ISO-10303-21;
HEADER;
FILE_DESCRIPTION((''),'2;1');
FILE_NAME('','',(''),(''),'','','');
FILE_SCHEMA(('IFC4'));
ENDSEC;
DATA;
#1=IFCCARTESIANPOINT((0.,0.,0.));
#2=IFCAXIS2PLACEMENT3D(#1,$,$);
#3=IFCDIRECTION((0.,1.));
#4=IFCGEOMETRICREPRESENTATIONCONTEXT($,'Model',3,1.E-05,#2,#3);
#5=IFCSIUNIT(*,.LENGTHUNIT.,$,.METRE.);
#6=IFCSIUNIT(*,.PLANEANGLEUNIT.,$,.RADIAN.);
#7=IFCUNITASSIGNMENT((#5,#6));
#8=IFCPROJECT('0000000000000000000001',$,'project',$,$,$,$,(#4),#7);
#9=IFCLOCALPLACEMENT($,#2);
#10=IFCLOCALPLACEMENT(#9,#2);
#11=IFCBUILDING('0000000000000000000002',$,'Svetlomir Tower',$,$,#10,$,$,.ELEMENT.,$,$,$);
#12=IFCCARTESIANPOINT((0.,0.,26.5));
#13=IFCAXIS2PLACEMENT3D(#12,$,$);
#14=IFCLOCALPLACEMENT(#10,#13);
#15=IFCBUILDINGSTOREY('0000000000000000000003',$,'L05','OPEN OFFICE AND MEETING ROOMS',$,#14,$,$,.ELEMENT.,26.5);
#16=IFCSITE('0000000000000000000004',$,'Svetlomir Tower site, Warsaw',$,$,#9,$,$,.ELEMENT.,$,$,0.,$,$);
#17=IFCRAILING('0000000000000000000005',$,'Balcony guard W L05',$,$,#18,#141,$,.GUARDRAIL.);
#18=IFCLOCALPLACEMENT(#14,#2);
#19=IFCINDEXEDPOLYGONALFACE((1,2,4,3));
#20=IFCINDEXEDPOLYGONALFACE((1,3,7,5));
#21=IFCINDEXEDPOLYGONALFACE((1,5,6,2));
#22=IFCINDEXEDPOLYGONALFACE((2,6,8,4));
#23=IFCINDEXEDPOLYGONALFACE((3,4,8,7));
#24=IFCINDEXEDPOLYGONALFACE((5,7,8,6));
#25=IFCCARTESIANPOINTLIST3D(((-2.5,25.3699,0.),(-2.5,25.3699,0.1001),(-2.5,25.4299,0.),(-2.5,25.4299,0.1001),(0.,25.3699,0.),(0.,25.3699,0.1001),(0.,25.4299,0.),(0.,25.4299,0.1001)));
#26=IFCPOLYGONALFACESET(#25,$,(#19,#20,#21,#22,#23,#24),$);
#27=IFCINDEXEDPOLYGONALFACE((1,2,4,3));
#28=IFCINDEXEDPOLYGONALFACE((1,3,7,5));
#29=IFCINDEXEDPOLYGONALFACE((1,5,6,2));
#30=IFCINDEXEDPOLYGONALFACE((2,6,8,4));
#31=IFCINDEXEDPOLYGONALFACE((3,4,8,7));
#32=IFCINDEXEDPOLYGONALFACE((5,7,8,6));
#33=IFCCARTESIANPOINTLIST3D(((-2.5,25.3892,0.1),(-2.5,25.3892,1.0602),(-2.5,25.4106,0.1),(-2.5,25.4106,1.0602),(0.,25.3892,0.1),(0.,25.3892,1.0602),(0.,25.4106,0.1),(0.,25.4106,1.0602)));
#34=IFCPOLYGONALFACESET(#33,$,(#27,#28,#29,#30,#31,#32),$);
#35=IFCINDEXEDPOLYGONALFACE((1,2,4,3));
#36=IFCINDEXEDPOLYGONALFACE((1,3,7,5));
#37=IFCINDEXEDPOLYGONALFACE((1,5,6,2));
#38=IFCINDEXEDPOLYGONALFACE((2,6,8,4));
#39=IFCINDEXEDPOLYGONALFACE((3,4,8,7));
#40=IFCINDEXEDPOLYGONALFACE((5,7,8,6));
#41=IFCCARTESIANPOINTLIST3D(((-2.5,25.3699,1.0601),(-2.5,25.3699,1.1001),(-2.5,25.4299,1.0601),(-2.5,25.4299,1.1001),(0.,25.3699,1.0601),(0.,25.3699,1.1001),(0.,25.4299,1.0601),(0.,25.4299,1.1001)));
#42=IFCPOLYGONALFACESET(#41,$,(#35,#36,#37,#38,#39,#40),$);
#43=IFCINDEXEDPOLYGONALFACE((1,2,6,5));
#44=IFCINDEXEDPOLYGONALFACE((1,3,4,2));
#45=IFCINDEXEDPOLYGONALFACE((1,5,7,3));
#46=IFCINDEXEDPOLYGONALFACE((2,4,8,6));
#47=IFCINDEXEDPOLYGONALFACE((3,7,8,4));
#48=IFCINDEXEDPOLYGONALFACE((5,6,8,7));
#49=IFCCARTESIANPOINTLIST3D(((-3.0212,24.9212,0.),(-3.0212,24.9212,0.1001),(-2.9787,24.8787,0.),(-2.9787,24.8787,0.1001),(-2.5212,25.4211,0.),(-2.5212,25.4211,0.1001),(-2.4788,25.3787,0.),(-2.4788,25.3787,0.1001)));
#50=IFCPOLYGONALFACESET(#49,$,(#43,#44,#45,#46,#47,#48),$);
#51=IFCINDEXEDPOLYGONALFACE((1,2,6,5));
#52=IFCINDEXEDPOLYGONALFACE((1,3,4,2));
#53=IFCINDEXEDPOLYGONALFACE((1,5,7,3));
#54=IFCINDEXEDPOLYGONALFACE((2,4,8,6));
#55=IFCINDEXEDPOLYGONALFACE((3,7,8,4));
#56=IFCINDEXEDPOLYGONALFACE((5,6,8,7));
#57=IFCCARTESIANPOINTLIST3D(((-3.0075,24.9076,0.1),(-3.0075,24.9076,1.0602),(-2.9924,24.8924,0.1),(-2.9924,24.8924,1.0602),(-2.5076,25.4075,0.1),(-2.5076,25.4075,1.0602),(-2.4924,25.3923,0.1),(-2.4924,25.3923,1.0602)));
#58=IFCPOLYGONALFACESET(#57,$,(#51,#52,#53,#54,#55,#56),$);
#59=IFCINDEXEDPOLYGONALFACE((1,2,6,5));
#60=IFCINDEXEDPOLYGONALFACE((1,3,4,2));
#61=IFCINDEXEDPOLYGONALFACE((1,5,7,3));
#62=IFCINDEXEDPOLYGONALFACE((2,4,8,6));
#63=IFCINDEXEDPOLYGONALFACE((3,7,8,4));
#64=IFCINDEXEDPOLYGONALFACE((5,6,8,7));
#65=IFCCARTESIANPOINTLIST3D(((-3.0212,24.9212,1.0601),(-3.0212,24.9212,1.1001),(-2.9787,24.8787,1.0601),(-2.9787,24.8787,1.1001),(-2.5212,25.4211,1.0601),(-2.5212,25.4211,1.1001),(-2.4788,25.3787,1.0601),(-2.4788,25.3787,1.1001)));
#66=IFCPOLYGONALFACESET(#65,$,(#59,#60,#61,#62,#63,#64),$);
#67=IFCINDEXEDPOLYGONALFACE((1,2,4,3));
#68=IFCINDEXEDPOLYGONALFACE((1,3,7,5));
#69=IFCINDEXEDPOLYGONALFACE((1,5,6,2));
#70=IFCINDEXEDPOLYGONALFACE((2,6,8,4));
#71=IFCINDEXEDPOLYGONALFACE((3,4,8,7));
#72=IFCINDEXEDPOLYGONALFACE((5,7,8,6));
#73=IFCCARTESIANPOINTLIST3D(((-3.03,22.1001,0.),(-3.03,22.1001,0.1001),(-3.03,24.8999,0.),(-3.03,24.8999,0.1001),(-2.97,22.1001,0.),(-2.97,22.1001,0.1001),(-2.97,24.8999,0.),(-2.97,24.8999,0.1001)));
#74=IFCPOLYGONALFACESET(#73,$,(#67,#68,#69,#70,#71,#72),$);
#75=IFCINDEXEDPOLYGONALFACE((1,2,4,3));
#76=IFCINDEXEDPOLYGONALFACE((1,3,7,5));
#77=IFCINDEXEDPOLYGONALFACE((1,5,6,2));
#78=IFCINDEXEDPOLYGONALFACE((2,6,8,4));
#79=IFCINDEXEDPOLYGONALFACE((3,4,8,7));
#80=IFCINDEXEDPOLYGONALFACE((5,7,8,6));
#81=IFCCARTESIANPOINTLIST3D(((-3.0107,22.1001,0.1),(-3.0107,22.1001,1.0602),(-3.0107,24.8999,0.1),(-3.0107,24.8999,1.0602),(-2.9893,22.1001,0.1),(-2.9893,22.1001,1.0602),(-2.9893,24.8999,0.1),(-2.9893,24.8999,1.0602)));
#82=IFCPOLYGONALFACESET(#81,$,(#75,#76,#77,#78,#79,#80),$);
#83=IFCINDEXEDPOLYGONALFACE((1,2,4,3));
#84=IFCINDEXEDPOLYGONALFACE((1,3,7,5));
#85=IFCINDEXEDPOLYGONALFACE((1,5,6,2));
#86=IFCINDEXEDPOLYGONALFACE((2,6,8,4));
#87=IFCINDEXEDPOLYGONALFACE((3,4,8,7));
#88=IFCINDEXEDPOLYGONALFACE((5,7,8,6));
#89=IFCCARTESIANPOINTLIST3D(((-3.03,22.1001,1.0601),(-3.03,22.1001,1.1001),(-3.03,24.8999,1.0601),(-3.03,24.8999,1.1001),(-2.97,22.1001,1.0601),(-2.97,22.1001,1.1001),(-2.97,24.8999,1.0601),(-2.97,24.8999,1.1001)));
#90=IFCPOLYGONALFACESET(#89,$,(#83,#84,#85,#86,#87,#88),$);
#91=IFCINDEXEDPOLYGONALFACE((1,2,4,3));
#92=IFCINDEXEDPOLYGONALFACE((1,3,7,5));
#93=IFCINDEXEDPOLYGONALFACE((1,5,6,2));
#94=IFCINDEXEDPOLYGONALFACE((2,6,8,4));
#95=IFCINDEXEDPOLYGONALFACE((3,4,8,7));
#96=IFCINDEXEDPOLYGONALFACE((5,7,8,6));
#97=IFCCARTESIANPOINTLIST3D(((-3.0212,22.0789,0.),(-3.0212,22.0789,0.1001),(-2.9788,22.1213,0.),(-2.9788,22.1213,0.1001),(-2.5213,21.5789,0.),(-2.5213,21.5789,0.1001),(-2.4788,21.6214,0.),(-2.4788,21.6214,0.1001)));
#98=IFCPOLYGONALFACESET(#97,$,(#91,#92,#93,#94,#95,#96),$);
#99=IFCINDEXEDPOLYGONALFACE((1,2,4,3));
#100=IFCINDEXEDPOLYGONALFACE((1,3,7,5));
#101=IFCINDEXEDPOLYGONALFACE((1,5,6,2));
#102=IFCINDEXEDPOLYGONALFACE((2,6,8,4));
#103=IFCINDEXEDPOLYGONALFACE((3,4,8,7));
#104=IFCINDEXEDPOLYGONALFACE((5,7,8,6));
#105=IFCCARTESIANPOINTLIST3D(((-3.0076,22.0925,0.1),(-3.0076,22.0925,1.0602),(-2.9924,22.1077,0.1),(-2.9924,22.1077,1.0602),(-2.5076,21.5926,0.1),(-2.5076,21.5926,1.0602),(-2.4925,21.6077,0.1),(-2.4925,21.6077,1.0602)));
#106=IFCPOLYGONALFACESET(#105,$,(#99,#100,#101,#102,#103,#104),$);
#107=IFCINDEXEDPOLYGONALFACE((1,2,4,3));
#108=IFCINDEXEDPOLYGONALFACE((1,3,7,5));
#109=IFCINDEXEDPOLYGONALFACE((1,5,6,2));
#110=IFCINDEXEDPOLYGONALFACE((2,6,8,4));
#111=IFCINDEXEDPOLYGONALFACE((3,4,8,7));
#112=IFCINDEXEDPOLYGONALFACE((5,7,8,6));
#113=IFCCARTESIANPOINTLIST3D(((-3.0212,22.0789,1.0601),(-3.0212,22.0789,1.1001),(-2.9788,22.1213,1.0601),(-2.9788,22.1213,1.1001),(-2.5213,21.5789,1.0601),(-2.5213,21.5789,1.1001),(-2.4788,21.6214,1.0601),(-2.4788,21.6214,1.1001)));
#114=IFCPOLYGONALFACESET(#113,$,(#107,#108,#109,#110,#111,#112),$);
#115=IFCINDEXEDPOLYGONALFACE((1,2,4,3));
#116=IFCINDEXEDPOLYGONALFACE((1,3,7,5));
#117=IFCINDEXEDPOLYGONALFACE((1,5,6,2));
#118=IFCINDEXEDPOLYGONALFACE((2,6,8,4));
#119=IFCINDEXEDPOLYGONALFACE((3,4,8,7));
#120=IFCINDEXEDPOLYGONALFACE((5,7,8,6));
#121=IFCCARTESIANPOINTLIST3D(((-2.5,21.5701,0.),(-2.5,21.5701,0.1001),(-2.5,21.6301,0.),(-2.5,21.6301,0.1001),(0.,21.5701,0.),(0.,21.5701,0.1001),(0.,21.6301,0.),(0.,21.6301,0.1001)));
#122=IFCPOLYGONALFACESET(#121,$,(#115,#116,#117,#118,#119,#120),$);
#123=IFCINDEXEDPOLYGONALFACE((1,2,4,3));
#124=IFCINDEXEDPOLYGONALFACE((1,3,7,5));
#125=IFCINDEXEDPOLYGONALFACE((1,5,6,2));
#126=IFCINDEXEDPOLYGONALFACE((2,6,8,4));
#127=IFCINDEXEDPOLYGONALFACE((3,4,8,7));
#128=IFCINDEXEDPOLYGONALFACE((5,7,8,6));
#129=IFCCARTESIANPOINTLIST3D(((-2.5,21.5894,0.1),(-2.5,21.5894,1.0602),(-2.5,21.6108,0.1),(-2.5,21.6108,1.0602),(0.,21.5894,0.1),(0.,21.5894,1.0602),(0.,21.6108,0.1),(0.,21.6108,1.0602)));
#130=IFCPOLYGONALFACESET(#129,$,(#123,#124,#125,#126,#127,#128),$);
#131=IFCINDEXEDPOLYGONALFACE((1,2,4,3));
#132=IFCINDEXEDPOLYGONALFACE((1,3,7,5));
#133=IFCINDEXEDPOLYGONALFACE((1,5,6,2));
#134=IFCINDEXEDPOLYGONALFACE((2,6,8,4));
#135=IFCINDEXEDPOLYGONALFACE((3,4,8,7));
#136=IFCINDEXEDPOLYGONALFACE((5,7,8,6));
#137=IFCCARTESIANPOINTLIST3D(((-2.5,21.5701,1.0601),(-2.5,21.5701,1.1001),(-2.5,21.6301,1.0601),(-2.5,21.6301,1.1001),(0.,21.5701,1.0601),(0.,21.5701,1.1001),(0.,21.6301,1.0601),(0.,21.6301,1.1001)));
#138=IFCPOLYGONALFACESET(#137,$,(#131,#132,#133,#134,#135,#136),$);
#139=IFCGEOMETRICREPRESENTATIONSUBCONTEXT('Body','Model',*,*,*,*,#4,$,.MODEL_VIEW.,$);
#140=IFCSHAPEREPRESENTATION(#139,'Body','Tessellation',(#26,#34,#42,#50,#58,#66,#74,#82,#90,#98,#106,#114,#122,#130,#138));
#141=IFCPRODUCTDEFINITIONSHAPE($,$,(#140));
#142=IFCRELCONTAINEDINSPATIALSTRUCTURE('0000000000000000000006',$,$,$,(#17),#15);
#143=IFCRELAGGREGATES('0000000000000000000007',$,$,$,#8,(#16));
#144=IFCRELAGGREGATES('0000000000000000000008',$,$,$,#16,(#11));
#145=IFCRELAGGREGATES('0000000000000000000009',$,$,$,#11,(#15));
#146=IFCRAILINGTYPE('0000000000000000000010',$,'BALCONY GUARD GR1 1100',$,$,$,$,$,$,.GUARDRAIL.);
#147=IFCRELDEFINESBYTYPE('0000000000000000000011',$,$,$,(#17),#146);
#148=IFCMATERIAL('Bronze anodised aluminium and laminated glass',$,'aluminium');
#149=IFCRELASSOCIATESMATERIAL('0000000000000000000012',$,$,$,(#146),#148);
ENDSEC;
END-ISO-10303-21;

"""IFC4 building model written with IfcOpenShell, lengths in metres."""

from ifc_helpers import new_model, si_unit, direction, frame, origin, origin_2d, place, context, subcontext, project, spatial, rectangle, extrude, material, type_object, element, save


model = new_model("IFC4")

# Units and contexts
model_context = context("Model", 3, precision=1e-05, world=origin(), true_north=direction((0.0, 1.0)))
body_context = subcontext(model_context, "Body", "Model", "MODEL_VIEW")
ifc_project = project(units=[si_unit("LENGTHUNIT", "METRE"), si_unit("PLANEANGLEUNIT", "RADIAN")], contexts=[model_context])

# Site, building, storey
site_placement = place(None, origin())
site = spatial("IfcSite", under=ifc_project, at=site_placement, Name="Svetlomir Tower site, Warsaw", CompositionType="ELEMENT", RefElevation=0.0)
building_placement = place(site_placement, origin())
building = spatial("IfcBuilding", under=site, at=building_placement, Name="Svetlomir Tower", CompositionType="ELEMENT")
storey_placement = place(building_placement, frame((0.0, 0.0, 26.5)))
storey = spatial("IfcBuildingStorey", under=building, at=storey_placement, Name="L05", Description="OPEN OFFICE AND MEETING ROOMS", CompositionType="ELEMENT", Elevation=26.5)

# Railing
ifc_material_1 = material(Name="Bronze anodised aluminium and laminated glass", Category="aluminium")
railing_type_1 = type_object("IfcRailingType", Name="BALCONY GUARD GR1 1100", PredefinedType="GUARDRAIL", material=ifc_material_1)
railing_1_placement = place(storey_placement, frame((0.0, 25.3999, 0.0)))
element("IfcRailing", 1, at=railing_1_placement, inside=storey, type_object=railing_type_1, Name="Balcony guard W L05", PredefinedType="GUARDRAIL", context=body_context, shape_type="SweptSolid", body=[
    extrude(rectangle(XDim=0.0601, YDim=0.1001, at=origin_2d()), frame((0.0, 0.0, 0.05), z_axis=(-1.0, 0.0, 0.0), x_axis=(0.0, -1.0, 0.0)), (0.0, 0.0, 1.0), 2.5),
    extrude(rectangle(XDim=0.0215, YDim=0.9602, at=origin_2d()), frame((0.0, 0.0, 0.5801), z_axis=(-1.0, 0.0, 0.0), x_axis=(0.0, -1.0, 0.0)), (0.0, 0.0, 1.0), 2.5),
    extrude(rectangle(XDim=0.0601, YDim=0.04, at=origin_2d()), frame((0.0, 0.0, 1.0801), z_axis=(-1.0, 0.0, 0.0), x_axis=(0.0, -1.0, 0.0)), (0.0, 0.0, 1.0), 2.5),
    extrude(rectangle(XDim=0.0601, YDim=0.1001, at=origin_2d()), frame((-2.5, 0.0, 0.05), z_axis=(-0.707107, -0.707107, 0.0), x_axis=(0.707107, -0.707107, 0.0)), (0.0, 0.0, 1.0), 0.707),
    extrude(rectangle(XDim=0.0215, YDim=0.9602, at=origin_2d()), frame((-2.5, 0.0, 0.5801), z_axis=(-0.707107, -0.707107, 0.0), x_axis=(0.707107, -0.707107, 0.0)), (0.0, 0.0, 1.0), 0.707),
    extrude(rectangle(XDim=0.0601, YDim=0.04, at=origin_2d()), frame((-2.5, 0.0, 1.0801), z_axis=(-0.707107, -0.707107, 0.0), x_axis=(0.707107, -0.707107, 0.0)), (0.0, 0.0, 1.0), 0.707),
    extrude(rectangle(XDim=0.0601, YDim=0.1001, at=origin_2d()), frame((-3.0, -0.5, 0.05), z_axis=(0.0, -1.0, 0.0), x_axis=(1.0, 0.0, 0.0)), (0.0, 0.0, 1.0), 2.7998),
    extrude(rectangle(XDim=0.0215, YDim=0.9602, at=origin_2d()), frame((-3.0, -0.5, 0.5801), z_axis=(0.0, -1.0, 0.0), x_axis=(1.0, 0.0, 0.0)), (0.0, 0.0, 1.0), 2.7998),
    extrude(rectangle(XDim=0.0601, YDim=0.04, at=origin_2d()), frame((-3.0, -0.5, 1.0801), z_axis=(0.0, -1.0, 0.0), x_axis=(1.0, 0.0, 0.0)), (0.0, 0.0, 1.0), 2.7998),
    extrude(rectangle(XDim=0.0601, YDim=0.1001, at=origin_2d()), frame((-3.0, -3.2998, 0.05), z_axis=(0.707107, -0.707107, 0.0), x_axis=(0.707107, 0.707107, 0.0)), (0.0, 0.0, 1.0), 0.707),
    extrude(rectangle(XDim=0.0215, YDim=0.9602, at=origin_2d()), frame((-3.0, -3.2998, 0.5801), z_axis=(0.707107, -0.707107, 0.0), x_axis=(0.707107, 0.707107, 0.0)), (0.0, 0.0, 1.0), 0.707),
    extrude(rectangle(XDim=0.0601, YDim=0.04, at=origin_2d()), frame((-3.0, -3.2998, 1.0801), z_axis=(0.707107, -0.707107, 0.0), x_axis=(0.707107, 0.707107, 0.0)), (0.0, 0.0, 1.0), 0.707),
    extrude(rectangle(XDim=0.0601, YDim=0.1001, at=origin_2d()), frame((-2.5, -3.7998, 0.05), z_axis=(1.0, 0.0, 0.0), x_axis=(0.0, 1.0, 0.0)), (0.0, 0.0, 1.0), 2.5),
    extrude(rectangle(XDim=0.0215, YDim=0.9602, at=origin_2d()), frame((-2.5, -3.7998, 0.5801), z_axis=(1.0, 0.0, 0.0), x_axis=(0.0, 1.0, 0.0)), (0.0, 0.0, 1.0), 2.5),
    extrude(rectangle(XDim=0.0601, YDim=0.04, at=origin_2d()), frame((-2.5, -3.7998, 1.0801), z_axis=(1.0, 0.0, 0.0), x_axis=(0.0, 1.0, 0.0)), (0.0, 0.0, 1.0), 2.5),
])

save(model, "model.ifc")
